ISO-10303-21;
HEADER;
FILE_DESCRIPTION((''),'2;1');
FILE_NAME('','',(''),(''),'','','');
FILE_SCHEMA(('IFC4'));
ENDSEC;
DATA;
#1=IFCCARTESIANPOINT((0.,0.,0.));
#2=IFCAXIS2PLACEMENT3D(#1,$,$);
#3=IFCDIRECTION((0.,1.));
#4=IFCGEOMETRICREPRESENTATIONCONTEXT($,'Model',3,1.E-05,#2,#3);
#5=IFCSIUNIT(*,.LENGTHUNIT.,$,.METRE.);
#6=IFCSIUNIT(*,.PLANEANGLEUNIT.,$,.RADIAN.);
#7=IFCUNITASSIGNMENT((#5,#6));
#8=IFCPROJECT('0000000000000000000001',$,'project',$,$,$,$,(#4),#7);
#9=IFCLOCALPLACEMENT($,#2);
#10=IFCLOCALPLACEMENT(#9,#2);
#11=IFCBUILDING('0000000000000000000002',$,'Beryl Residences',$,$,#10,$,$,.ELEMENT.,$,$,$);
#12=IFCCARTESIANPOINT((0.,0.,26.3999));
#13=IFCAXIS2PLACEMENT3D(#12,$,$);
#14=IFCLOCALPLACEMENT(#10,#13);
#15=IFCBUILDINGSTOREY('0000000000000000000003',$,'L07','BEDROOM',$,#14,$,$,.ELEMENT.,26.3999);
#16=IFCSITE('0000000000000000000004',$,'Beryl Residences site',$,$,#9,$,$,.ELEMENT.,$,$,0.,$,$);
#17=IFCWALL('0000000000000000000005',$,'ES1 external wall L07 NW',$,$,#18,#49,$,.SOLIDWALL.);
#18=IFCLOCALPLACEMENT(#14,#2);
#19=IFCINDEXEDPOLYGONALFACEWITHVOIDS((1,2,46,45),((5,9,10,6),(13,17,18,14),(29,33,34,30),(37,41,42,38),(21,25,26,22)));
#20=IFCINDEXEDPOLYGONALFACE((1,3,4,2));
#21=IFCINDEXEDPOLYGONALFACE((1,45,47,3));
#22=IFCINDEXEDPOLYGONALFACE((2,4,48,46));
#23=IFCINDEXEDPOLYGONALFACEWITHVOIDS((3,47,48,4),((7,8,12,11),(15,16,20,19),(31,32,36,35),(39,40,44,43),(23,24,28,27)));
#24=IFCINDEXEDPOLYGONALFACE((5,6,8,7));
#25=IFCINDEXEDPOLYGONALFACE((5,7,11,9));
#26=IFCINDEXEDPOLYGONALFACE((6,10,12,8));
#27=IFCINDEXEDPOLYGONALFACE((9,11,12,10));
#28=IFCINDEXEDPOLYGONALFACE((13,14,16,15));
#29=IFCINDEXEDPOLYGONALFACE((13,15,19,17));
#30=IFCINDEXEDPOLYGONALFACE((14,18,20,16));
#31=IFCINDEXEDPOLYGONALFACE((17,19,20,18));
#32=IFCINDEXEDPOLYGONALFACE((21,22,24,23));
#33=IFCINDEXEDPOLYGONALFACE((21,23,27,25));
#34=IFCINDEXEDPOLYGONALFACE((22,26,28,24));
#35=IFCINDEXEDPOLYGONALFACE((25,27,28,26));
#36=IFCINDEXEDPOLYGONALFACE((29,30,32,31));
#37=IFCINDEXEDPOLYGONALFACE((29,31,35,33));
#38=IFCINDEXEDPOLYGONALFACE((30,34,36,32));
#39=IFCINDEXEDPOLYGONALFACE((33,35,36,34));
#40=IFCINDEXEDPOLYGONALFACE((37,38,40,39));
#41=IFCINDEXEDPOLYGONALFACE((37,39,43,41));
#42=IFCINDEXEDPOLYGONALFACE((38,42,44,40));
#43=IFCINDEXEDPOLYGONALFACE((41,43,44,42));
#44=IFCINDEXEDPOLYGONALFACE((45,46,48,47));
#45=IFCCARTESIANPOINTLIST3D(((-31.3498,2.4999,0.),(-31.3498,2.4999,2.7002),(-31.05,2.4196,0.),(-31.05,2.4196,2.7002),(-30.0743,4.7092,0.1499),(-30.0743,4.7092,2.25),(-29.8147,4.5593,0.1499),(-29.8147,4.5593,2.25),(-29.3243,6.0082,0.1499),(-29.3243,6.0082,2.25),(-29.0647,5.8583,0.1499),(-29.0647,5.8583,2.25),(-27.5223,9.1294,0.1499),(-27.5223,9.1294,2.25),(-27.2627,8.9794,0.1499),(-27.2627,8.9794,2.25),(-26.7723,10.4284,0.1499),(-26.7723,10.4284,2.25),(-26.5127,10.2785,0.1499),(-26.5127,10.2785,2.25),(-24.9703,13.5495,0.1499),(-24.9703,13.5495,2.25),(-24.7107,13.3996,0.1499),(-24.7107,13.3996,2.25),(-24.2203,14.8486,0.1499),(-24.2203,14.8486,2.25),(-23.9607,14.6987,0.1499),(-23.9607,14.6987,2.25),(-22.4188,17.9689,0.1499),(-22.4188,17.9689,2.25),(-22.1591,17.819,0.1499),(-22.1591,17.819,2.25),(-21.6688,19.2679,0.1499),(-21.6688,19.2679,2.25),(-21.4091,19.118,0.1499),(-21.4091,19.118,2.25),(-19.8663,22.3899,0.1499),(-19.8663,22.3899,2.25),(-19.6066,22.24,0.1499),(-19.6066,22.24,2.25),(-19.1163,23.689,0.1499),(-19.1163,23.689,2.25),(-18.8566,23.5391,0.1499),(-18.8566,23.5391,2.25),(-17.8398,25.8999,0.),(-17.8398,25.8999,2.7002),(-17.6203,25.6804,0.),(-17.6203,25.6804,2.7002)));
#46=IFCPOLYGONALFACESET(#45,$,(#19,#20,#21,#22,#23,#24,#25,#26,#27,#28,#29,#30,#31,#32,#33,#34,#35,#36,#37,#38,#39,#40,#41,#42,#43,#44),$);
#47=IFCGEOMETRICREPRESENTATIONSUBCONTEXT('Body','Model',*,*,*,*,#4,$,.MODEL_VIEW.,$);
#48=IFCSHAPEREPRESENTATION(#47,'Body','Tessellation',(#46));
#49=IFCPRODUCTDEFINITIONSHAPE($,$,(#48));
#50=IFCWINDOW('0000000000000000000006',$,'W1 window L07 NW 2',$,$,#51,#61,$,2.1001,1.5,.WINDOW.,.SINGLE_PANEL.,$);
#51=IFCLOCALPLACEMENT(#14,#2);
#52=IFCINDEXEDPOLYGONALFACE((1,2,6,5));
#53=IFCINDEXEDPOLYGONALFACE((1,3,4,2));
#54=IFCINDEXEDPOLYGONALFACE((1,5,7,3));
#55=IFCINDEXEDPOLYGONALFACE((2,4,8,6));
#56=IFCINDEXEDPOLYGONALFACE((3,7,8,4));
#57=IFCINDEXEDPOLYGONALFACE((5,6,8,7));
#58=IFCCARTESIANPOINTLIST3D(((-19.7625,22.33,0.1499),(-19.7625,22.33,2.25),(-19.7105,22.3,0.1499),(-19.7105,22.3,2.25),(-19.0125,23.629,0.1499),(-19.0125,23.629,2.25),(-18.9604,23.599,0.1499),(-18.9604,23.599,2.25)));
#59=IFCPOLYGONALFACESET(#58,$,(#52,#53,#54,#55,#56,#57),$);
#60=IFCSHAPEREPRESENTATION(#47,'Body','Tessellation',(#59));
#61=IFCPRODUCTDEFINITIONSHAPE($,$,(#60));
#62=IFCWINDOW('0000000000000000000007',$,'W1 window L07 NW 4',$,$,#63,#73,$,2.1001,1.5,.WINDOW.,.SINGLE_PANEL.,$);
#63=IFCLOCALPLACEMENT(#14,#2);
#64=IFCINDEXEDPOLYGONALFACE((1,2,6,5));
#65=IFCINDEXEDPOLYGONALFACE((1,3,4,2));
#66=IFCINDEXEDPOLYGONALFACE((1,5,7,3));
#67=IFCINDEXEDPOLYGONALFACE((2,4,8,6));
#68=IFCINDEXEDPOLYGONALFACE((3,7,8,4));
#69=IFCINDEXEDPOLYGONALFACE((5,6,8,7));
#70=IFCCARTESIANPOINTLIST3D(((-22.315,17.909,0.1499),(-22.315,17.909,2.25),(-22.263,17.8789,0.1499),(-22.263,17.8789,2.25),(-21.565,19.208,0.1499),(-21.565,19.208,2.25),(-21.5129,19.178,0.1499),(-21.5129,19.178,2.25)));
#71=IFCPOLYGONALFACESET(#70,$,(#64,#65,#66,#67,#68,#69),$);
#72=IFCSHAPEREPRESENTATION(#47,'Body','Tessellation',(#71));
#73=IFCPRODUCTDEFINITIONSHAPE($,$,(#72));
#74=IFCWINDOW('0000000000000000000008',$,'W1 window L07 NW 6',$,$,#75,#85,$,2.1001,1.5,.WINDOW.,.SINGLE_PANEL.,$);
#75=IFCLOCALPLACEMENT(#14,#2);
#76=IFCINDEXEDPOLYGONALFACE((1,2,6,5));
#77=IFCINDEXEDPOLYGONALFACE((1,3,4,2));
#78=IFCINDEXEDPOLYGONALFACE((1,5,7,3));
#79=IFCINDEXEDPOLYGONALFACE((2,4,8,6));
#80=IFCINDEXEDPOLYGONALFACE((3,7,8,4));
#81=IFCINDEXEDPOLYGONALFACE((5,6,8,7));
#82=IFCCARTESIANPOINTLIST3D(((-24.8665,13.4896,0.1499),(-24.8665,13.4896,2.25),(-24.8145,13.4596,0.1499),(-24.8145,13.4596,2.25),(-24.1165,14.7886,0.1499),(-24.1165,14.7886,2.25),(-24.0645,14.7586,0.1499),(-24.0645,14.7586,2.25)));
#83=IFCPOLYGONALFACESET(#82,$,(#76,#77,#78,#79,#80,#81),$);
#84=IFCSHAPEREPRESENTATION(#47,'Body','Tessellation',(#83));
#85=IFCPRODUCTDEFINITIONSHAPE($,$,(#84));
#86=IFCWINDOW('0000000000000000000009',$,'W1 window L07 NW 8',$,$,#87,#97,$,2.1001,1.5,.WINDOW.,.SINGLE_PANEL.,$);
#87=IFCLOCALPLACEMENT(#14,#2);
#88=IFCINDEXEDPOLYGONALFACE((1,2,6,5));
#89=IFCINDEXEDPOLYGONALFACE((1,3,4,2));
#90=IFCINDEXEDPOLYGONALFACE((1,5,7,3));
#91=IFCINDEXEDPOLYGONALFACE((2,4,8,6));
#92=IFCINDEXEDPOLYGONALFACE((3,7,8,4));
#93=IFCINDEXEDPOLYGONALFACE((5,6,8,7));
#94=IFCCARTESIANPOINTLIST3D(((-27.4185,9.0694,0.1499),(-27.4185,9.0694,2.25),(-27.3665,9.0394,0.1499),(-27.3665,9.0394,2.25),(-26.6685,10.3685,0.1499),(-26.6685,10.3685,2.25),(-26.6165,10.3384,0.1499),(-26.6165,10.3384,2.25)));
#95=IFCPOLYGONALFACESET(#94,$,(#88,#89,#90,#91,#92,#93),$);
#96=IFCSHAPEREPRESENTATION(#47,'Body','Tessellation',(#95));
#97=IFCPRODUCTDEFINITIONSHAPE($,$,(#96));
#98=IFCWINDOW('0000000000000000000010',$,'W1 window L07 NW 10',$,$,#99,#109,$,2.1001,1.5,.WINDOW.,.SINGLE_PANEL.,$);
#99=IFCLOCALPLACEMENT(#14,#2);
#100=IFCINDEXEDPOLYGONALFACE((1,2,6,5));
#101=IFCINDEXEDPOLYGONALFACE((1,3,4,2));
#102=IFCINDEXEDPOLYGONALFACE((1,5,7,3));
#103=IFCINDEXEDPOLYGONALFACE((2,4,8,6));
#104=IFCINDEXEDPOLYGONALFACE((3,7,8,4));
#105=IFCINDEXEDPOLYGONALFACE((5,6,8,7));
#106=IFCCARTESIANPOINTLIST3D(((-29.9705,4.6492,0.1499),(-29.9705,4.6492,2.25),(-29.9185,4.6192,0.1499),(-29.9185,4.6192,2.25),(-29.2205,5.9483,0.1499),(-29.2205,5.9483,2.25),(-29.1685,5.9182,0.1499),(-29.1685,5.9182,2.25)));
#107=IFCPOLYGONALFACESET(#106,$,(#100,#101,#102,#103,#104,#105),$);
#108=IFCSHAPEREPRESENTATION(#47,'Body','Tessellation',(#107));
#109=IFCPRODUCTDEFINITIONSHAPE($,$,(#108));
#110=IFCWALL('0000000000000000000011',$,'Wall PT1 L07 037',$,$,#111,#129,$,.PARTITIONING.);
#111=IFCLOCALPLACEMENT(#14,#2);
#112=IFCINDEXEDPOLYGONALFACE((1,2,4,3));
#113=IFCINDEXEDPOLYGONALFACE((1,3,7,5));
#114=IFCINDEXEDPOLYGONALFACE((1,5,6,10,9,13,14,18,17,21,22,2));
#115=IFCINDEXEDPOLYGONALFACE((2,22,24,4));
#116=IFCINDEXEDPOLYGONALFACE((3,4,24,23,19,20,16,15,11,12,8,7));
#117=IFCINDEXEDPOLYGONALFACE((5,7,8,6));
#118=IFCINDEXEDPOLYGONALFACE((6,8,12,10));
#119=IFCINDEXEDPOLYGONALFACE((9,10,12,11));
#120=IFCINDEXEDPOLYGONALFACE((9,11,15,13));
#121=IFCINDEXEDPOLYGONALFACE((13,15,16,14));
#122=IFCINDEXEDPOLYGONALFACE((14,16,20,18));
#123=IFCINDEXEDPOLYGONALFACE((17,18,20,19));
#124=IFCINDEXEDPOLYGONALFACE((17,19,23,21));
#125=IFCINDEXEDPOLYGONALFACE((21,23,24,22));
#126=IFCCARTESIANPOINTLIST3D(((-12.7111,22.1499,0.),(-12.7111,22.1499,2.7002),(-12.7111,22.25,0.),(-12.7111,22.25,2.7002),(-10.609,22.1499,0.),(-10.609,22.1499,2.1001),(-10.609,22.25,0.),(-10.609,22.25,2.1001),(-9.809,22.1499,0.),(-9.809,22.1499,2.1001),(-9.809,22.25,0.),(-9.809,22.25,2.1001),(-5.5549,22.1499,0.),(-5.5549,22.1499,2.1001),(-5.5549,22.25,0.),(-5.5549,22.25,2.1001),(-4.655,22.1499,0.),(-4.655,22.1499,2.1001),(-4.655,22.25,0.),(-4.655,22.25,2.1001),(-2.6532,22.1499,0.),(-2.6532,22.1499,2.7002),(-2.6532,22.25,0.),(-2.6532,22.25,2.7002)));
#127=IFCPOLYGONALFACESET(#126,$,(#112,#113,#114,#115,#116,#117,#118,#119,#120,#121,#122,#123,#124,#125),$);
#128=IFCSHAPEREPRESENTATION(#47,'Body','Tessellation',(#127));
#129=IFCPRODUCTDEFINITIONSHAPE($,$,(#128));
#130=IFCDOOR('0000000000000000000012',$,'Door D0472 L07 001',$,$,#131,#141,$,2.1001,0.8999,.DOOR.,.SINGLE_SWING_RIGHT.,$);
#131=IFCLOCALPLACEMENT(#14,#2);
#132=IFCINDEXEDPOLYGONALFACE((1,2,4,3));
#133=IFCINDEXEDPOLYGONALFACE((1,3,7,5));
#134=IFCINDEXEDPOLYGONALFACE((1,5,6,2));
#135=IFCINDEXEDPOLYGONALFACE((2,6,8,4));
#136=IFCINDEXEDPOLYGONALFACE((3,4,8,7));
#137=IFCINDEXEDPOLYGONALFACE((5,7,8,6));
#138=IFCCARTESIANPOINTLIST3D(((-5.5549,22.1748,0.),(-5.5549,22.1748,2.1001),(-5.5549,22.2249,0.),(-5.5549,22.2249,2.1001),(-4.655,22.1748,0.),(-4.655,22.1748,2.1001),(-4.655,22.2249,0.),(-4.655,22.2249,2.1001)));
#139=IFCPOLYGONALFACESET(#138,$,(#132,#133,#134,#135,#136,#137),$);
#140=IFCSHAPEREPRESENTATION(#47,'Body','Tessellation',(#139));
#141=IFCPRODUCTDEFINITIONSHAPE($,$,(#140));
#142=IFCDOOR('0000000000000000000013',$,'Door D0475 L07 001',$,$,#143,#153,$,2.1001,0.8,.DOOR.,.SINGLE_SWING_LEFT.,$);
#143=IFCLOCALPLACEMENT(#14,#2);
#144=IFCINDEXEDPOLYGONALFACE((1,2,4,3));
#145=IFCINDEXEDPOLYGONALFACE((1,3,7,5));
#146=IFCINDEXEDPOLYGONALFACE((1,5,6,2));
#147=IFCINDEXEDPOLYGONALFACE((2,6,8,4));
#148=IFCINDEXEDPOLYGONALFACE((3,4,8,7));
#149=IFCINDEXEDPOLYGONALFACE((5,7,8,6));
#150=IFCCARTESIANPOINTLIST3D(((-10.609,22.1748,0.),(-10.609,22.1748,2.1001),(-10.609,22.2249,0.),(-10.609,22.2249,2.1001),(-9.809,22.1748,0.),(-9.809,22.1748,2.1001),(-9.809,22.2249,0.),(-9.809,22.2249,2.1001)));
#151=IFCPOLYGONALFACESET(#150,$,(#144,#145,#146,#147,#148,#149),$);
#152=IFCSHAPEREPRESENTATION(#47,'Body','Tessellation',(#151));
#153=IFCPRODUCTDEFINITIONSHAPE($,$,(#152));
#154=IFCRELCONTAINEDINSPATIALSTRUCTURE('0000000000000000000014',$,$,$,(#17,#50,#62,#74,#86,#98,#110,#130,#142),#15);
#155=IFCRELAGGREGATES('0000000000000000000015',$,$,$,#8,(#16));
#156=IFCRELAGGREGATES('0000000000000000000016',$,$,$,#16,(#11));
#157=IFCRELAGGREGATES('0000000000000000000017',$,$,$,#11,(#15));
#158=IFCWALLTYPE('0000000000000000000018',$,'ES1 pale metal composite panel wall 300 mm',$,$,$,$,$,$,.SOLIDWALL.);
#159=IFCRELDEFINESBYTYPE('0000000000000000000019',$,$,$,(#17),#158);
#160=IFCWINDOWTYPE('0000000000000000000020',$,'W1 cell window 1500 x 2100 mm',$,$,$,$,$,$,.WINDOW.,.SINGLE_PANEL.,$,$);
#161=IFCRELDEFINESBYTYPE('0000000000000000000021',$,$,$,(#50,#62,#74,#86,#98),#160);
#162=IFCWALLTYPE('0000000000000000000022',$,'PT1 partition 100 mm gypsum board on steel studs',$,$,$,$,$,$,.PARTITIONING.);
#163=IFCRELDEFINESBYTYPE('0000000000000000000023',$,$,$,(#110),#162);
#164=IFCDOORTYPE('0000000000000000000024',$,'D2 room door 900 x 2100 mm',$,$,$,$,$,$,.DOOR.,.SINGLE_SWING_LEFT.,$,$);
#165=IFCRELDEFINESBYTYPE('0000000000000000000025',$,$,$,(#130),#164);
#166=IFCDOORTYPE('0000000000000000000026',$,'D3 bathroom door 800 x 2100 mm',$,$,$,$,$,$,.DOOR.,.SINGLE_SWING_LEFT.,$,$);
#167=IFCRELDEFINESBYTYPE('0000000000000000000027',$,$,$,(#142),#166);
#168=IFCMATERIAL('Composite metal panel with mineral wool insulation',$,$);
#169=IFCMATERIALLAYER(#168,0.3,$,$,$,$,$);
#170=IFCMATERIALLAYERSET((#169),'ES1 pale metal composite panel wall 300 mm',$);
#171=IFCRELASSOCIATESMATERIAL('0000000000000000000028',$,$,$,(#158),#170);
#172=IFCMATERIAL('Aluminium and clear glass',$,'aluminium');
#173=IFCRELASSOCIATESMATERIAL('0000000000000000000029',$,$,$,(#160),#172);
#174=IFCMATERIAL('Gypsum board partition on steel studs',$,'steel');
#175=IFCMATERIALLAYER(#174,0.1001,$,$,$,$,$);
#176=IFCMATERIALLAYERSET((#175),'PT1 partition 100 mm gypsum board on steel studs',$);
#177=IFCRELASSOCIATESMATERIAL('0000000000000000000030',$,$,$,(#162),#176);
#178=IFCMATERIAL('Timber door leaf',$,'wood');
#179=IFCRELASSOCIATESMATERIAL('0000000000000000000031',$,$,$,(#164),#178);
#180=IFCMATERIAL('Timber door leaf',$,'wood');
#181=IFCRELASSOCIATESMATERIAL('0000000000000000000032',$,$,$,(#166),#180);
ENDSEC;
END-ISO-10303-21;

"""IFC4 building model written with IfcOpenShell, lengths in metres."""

from ifc_helpers import new_model, si_unit, direction, frame, frame_2d, origin, place, context, subcontext, project, spatial, polyline, rectangle, outline, extrude, material, layer, layer_set, type_object, element, fill, save


model = new_model("IFC4")

# Units and contexts
model_context = context("Model", 3, precision=1e-05, world=origin(), true_north=direction((0.0, 1.0)))
body_context = subcontext(model_context, "Body", "Model", "MODEL_VIEW")
ifc_project = project(units=[si_unit("LENGTHUNIT", "METRE"), si_unit("PLANEANGLEUNIT", "RADIAN")], contexts=[model_context])

# Site, building, storey
site_placement = place(None, origin())
site = spatial("IfcSite", under=ifc_project, at=site_placement, Name="Beryl Residences site", CompositionType="ELEMENT", RefElevation=0.0)
building_placement = place(site_placement, origin())
building = spatial("IfcBuilding", under=site, at=building_placement, Name="Beryl Residences", CompositionType="ELEMENT")
storey_placement = place(building_placement, frame((0.0, 0.0, 26.3999)))
storey = spatial("IfcBuildingStorey", under=building, at=storey_placement, Name="L07", Description="BEDROOM", CompositionType="ELEMENT", Elevation=26.3999)

# Shared definitions
ifc_material_1 = material(Name="Composite metal panel with mineral wool insulation")
ifc_layer_1 = layer(ifc_material_1, 0.3)
ifc_layer_set_1 = layer_set([ifc_layer_1], Name="ES1 pale metal composite panel wall 300 mm")
wall_type_1 = type_object("IfcWallType", Name="ES1 pale metal composite panel wall 300 mm", PredefinedType="SOLIDWALL", material=ifc_layer_set_1)

# Wall, openings, windows
wall_1_placement = place(storey_placement, frame((-17.71, 25.825, 0.0), z_axis=(0.0, 0.0, 1.0), x_axis=(-0.500002, -0.866024, 0.0)))
wall_1 = element("IfcWall", 1, at=wall_1_placement, inside=storey, type_object=wall_type_1, Name="ES1 external wall L07 NW", PredefinedType="SOLIDWALL", context=body_context, shape_type="SweptSolid", body=[
    extrude(outline(polyline([(0.0, -0.1499), (27.02, -0.1499), (26.9397, 0.1499), (0.0803, 0.1499), (0.0, -0.1499)])), origin(), (0.0, 0.0, 1.0), 2.7002),
])
opening_1_placement = place(wall_1_placement, frame((2.553, 0.0, 0.1499)))
opening_1 = element("IfcOpeningElement", 2, at=opening_1_placement, cuts=wall_1, PredefinedType="OPENING", context=body_context, shape_type="SweptSolid", body=[
    extrude(rectangle(XDim=1.5, YDim=2.1001, at=frame_2d((0.75, 1.05))), frame((0.0, 0.1599, 0.0), z_axis=(0.0, -1.0, 0.0), x_axis=(1.0, 0.0, 0.0)), (0.0, 0.0, 1.0), 0.3201),
])
opening_2_placement = place(wall_1_placement, frame((7.658, 0.0, 0.1499)))
opening_2 = element("IfcOpeningElement", 3, at=opening_2_placement, cuts=wall_1, PredefinedType="OPENING", context=body_context, shape_type="SweptSolid", body=[
    extrude(rectangle(XDim=1.5, YDim=2.1001, at=frame_2d((0.75, 1.05))), frame((0.0, 0.1599, 0.0), z_axis=(0.0, -1.0, 0.0), x_axis=(1.0, 0.0, 0.0)), (0.0, 0.0, 1.0), 0.3201),
])
opening_3_placement = place(wall_1_placement, frame((12.761, 0.0, 0.1499)))
opening_3 = element("IfcOpeningElement", 4, at=opening_3_placement, cuts=wall_1, PredefinedType="OPENING", context=body_context, shape_type="SweptSolid", body=[
    extrude(rectangle(XDim=1.5, YDim=2.1001, at=frame_2d((0.75, 1.05))), frame((0.0, 0.1599, 0.0), z_axis=(0.0, -1.0, 0.0), x_axis=(1.0, 0.0, 0.0)), (0.0, 0.0, 1.0), 0.3201),
])
opening_4_placement = place(wall_1_placement, frame((17.865, 0.0, 0.1499)))
opening_4 = element("IfcOpeningElement", 5, at=opening_4_placement, cuts=wall_1, PredefinedType="OPENING", context=body_context, shape_type="SweptSolid", body=[
    extrude(rectangle(XDim=1.5, YDim=2.1001, at=frame_2d((0.75, 1.05))), frame((0.0, 0.1599, 0.0), z_axis=(0.0, -1.0, 0.0), x_axis=(1.0, 0.0, 0.0)), (0.0, 0.0, 1.0), 0.3201),
])
opening_5_placement = place(wall_1_placement, frame((22.969, 0.0, 0.1499)))
opening_5 = element("IfcOpeningElement", 6, at=opening_5_placement, cuts=wall_1, PredefinedType="OPENING", context=body_context, shape_type="SweptSolid", body=[
    extrude(rectangle(XDim=1.5, YDim=2.1001, at=frame_2d((0.75, 1.05))), frame((0.0, 0.1599, 0.0), z_axis=(0.0, -1.0, 0.0), x_axis=(1.0, 0.0, 0.0)), (0.0, 0.0, 1.0), 0.3201),
])
ifc_material_2 = material(Name="Aluminium and clear glass", Category="aluminium")
window_type_1 = type_object("IfcWindowType", Name="W1 cell window 1500 x 2100 mm", PartitioningType="SINGLE_PANEL", PredefinedType="WINDOW", material=ifc_material_2)
window_1_placement = place(opening_1_placement, origin())
window_1 = element("IfcWindow", 7, at=window_1_placement, inside=storey, type_object=window_type_1, Name="W1 window L07 NW 2", OverallHeight=2.1001, OverallWidth=1.5, PartitioningType="SINGLE_PANEL", PredefinedType="WINDOW", context=body_context, shape_type="SweptSolid", body=[
    extrude(rectangle(XDim=1.5, YDim=2.1001, at=frame_2d((0.75, 1.05))), frame((0.0, 0.03, 0.0), z_axis=(0.0, -1.0, 0.0), x_axis=(1.0, 0.0, 0.0)), (0.0, 0.0, 1.0), 0.0601),
])
fill(opening_1, window_1)
window_2_placement = place(opening_2_placement, origin())
window_2 = element("IfcWindow", 8, at=window_2_placement, inside=storey, type_object=window_type_1, Name="W1 window L07 NW 4", OverallHeight=2.1001, OverallWidth=1.5, PartitioningType="SINGLE_PANEL", PredefinedType="WINDOW", context=body_context, shape_type="SweptSolid", body=[
    extrude(rectangle(XDim=1.5, YDim=2.1001, at=frame_2d((0.75, 1.05))), frame((0.0, 0.03, 0.0), z_axis=(0.0, -1.0, 0.0), x_axis=(1.0, 0.0, 0.0)), (0.0, 0.0, 1.0), 0.0601),
])
fill(opening_2, window_2)
window_3_placement = place(opening_3_placement, origin())
window_3 = element("IfcWindow", 9, at=window_3_placement, inside=storey, type_object=window_type_1, Name="W1 window L07 NW 6", OverallHeight=2.1001, OverallWidth=1.5, PartitioningType="SINGLE_PANEL", PredefinedType="WINDOW", context=body_context, shape_type="SweptSolid", body=[
    extrude(rectangle(XDim=1.5, YDim=2.1001, at=frame_2d((0.75, 1.05))), frame((0.0, 0.03, 0.0), z_axis=(0.0, -1.0, 0.0), x_axis=(1.0, 0.0, 0.0)), (0.0, 0.0, 1.0), 0.0601),
])
fill(opening_3, window_3)
window_4_placement = place(opening_4_placement, origin())
window_4 = element("IfcWindow", 10, at=window_4_placement, inside=storey, type_object=window_type_1, Name="W1 window L07 NW 8", OverallHeight=2.1001, OverallWidth=1.5, PartitioningType="SINGLE_PANEL", PredefinedType="WINDOW", context=body_context, shape_type="SweptSolid", body=[
    extrude(rectangle(XDim=1.5, YDim=2.1001, at=frame_2d((0.75, 1.05))), frame((0.0, 0.03, 0.0), z_axis=(0.0, -1.0, 0.0), x_axis=(1.0, 0.0, 0.0)), (0.0, 0.0, 1.0), 0.0601),
])
fill(opening_4, window_4)
window_5_placement = place(opening_5_placement, origin())
window_5 = element("IfcWindow", 11, at=window_5_placement, inside=storey, type_object=window_type_1, Name="W1 window L07 NW 10", OverallHeight=2.1001, OverallWidth=1.5, PartitioningType="SINGLE_PANEL", PredefinedType="WINDOW", context=body_context, shape_type="SweptSolid", body=[
    extrude(rectangle(XDim=1.5, YDim=2.1001, at=frame_2d((0.75, 1.05))), frame((0.0, 0.03, 0.0), z_axis=(0.0, -1.0, 0.0), x_axis=(1.0, 0.0, 0.0)), (0.0, 0.0, 1.0), 0.0601),
])
fill(opening_5, window_5)

# Wall, openings, doors
ifc_material_3 = material(Name="Gypsum board partition on steel studs", Category="steel")
ifc_layer_2 = layer(ifc_material_3, 0.1001)
ifc_layer_set_2 = layer_set([ifc_layer_2], Name="PT1 partition 100 mm gypsum board on steel studs")
wall_type_2 = type_object("IfcWallType", Name="PT1 partition 100 mm gypsum board on steel studs", PredefinedType="PARTITIONING", material=ifc_layer_set_2)
wall_2_placement = place(storey_placement, frame((-12.7109, 22.2, 0.0), z_axis=(0.0, 0.0, 1.0), x_axis=(1.0, 0.0, 0.0)))
wall_2 = element("IfcWall", 12, at=wall_2_placement, inside=storey, type_object=wall_type_2, Name="Wall PT1 L07 037", PredefinedType="PARTITIONING", context=body_context, shape_type="SweptSolid", body=[
    extrude(rectangle(XDim=10.0579, YDim=0.1001, at=frame_2d((5.0288, 0.0))), origin(), (0.0, 0.0, 1.0), 2.7002),
])
opening_6_placement = place(wall_2_placement, frame((7.156, 0.0, 0.0)))
opening_6 = element("IfcOpeningElement", 13, at=opening_6_placement, cuts=wall_2, PredefinedType="OPENING", context=body_context, shape_type="SweptSolid", body=[
    extrude(rectangle(XDim=0.8999, YDim=2.1001, at=frame_2d((0.45, 1.05))), frame((0.0, 0.0601, 0.0), z_axis=(0.0, -1.0, 0.0), x_axis=(1.0, 0.0, 0.0)), (0.0, 0.0, 1.0), 0.1201),
])
opening_7_placement = place(wall_2_placement, frame((2.1021, 0.0, 0.0)))
opening_7 = element("IfcOpeningElement", 14, at=opening_7_placement, cuts=wall_2, PredefinedType="OPENING", context=body_context, shape_type="SweptSolid", body=[
    extrude(rectangle(XDim=0.8, YDim=2.1001, at=frame_2d((0.3999, 1.05))), frame((0.0, 0.0601, 0.0), z_axis=(0.0, -1.0, 0.0), x_axis=(1.0, 0.0, 0.0)), (0.0, 0.0, 1.0), 0.1201),
])
ifc_material_4 = material(Name="Timber door leaf", Category="wood")
door_type_1 = type_object("IfcDoorType", Name="D2 room door 900 x 2100 mm", OperationType="SINGLE_SWING_LEFT", PredefinedType="DOOR", material=ifc_material_4)
door_1_placement = place(opening_6_placement, origin())
door_1 = element("IfcDoor", 15, at=door_1_placement, inside=storey, type_object=door_type_1, Name="Door D0472 L07 001", OperationType="SINGLE_SWING_RIGHT", OverallHeight=2.1001, OverallWidth=0.8999, PredefinedType="DOOR", context=body_context, shape_type="SweptSolid", body=[
    extrude(rectangle(XDim=0.8999, YDim=2.1001, at=frame_2d((0.45, 1.05))), frame((0.0, 0.0249, 0.0), z_axis=(0.0, -1.0, 0.0), x_axis=(1.0, 0.0, 0.0)), (0.0, 0.0, 1.0), 0.05),
])
fill(opening_6, door_1)
ifc_material_5 = material(Name="Timber door leaf", Category="wood")
door_type_2 = type_object("IfcDoorType", Name="D3 bathroom door 800 x 2100 mm", OperationType="SINGLE_SWING_LEFT", PredefinedType="DOOR", material=ifc_material_5)
door_2_placement = place(opening_7_placement, origin())
door_2 = element("IfcDoor", 16, at=door_2_placement, inside=storey, type_object=door_type_2, Name="Door D0475 L07 001", OperationType="SINGLE_SWING_LEFT", OverallHeight=2.1001, OverallWidth=0.8, PredefinedType="DOOR", context=body_context, shape_type="SweptSolid", body=[
    extrude(rectangle(XDim=0.8, YDim=2.1001, at=frame_2d((0.3999, 1.05))), frame((0.0, 0.0249, 0.0), z_axis=(0.0, -1.0, 0.0), x_axis=(1.0, 0.0, 0.0)), (0.0, 0.0, 1.0), 0.05),
])
fill(opening_7, door_2)

save(model, "model.ifc")
